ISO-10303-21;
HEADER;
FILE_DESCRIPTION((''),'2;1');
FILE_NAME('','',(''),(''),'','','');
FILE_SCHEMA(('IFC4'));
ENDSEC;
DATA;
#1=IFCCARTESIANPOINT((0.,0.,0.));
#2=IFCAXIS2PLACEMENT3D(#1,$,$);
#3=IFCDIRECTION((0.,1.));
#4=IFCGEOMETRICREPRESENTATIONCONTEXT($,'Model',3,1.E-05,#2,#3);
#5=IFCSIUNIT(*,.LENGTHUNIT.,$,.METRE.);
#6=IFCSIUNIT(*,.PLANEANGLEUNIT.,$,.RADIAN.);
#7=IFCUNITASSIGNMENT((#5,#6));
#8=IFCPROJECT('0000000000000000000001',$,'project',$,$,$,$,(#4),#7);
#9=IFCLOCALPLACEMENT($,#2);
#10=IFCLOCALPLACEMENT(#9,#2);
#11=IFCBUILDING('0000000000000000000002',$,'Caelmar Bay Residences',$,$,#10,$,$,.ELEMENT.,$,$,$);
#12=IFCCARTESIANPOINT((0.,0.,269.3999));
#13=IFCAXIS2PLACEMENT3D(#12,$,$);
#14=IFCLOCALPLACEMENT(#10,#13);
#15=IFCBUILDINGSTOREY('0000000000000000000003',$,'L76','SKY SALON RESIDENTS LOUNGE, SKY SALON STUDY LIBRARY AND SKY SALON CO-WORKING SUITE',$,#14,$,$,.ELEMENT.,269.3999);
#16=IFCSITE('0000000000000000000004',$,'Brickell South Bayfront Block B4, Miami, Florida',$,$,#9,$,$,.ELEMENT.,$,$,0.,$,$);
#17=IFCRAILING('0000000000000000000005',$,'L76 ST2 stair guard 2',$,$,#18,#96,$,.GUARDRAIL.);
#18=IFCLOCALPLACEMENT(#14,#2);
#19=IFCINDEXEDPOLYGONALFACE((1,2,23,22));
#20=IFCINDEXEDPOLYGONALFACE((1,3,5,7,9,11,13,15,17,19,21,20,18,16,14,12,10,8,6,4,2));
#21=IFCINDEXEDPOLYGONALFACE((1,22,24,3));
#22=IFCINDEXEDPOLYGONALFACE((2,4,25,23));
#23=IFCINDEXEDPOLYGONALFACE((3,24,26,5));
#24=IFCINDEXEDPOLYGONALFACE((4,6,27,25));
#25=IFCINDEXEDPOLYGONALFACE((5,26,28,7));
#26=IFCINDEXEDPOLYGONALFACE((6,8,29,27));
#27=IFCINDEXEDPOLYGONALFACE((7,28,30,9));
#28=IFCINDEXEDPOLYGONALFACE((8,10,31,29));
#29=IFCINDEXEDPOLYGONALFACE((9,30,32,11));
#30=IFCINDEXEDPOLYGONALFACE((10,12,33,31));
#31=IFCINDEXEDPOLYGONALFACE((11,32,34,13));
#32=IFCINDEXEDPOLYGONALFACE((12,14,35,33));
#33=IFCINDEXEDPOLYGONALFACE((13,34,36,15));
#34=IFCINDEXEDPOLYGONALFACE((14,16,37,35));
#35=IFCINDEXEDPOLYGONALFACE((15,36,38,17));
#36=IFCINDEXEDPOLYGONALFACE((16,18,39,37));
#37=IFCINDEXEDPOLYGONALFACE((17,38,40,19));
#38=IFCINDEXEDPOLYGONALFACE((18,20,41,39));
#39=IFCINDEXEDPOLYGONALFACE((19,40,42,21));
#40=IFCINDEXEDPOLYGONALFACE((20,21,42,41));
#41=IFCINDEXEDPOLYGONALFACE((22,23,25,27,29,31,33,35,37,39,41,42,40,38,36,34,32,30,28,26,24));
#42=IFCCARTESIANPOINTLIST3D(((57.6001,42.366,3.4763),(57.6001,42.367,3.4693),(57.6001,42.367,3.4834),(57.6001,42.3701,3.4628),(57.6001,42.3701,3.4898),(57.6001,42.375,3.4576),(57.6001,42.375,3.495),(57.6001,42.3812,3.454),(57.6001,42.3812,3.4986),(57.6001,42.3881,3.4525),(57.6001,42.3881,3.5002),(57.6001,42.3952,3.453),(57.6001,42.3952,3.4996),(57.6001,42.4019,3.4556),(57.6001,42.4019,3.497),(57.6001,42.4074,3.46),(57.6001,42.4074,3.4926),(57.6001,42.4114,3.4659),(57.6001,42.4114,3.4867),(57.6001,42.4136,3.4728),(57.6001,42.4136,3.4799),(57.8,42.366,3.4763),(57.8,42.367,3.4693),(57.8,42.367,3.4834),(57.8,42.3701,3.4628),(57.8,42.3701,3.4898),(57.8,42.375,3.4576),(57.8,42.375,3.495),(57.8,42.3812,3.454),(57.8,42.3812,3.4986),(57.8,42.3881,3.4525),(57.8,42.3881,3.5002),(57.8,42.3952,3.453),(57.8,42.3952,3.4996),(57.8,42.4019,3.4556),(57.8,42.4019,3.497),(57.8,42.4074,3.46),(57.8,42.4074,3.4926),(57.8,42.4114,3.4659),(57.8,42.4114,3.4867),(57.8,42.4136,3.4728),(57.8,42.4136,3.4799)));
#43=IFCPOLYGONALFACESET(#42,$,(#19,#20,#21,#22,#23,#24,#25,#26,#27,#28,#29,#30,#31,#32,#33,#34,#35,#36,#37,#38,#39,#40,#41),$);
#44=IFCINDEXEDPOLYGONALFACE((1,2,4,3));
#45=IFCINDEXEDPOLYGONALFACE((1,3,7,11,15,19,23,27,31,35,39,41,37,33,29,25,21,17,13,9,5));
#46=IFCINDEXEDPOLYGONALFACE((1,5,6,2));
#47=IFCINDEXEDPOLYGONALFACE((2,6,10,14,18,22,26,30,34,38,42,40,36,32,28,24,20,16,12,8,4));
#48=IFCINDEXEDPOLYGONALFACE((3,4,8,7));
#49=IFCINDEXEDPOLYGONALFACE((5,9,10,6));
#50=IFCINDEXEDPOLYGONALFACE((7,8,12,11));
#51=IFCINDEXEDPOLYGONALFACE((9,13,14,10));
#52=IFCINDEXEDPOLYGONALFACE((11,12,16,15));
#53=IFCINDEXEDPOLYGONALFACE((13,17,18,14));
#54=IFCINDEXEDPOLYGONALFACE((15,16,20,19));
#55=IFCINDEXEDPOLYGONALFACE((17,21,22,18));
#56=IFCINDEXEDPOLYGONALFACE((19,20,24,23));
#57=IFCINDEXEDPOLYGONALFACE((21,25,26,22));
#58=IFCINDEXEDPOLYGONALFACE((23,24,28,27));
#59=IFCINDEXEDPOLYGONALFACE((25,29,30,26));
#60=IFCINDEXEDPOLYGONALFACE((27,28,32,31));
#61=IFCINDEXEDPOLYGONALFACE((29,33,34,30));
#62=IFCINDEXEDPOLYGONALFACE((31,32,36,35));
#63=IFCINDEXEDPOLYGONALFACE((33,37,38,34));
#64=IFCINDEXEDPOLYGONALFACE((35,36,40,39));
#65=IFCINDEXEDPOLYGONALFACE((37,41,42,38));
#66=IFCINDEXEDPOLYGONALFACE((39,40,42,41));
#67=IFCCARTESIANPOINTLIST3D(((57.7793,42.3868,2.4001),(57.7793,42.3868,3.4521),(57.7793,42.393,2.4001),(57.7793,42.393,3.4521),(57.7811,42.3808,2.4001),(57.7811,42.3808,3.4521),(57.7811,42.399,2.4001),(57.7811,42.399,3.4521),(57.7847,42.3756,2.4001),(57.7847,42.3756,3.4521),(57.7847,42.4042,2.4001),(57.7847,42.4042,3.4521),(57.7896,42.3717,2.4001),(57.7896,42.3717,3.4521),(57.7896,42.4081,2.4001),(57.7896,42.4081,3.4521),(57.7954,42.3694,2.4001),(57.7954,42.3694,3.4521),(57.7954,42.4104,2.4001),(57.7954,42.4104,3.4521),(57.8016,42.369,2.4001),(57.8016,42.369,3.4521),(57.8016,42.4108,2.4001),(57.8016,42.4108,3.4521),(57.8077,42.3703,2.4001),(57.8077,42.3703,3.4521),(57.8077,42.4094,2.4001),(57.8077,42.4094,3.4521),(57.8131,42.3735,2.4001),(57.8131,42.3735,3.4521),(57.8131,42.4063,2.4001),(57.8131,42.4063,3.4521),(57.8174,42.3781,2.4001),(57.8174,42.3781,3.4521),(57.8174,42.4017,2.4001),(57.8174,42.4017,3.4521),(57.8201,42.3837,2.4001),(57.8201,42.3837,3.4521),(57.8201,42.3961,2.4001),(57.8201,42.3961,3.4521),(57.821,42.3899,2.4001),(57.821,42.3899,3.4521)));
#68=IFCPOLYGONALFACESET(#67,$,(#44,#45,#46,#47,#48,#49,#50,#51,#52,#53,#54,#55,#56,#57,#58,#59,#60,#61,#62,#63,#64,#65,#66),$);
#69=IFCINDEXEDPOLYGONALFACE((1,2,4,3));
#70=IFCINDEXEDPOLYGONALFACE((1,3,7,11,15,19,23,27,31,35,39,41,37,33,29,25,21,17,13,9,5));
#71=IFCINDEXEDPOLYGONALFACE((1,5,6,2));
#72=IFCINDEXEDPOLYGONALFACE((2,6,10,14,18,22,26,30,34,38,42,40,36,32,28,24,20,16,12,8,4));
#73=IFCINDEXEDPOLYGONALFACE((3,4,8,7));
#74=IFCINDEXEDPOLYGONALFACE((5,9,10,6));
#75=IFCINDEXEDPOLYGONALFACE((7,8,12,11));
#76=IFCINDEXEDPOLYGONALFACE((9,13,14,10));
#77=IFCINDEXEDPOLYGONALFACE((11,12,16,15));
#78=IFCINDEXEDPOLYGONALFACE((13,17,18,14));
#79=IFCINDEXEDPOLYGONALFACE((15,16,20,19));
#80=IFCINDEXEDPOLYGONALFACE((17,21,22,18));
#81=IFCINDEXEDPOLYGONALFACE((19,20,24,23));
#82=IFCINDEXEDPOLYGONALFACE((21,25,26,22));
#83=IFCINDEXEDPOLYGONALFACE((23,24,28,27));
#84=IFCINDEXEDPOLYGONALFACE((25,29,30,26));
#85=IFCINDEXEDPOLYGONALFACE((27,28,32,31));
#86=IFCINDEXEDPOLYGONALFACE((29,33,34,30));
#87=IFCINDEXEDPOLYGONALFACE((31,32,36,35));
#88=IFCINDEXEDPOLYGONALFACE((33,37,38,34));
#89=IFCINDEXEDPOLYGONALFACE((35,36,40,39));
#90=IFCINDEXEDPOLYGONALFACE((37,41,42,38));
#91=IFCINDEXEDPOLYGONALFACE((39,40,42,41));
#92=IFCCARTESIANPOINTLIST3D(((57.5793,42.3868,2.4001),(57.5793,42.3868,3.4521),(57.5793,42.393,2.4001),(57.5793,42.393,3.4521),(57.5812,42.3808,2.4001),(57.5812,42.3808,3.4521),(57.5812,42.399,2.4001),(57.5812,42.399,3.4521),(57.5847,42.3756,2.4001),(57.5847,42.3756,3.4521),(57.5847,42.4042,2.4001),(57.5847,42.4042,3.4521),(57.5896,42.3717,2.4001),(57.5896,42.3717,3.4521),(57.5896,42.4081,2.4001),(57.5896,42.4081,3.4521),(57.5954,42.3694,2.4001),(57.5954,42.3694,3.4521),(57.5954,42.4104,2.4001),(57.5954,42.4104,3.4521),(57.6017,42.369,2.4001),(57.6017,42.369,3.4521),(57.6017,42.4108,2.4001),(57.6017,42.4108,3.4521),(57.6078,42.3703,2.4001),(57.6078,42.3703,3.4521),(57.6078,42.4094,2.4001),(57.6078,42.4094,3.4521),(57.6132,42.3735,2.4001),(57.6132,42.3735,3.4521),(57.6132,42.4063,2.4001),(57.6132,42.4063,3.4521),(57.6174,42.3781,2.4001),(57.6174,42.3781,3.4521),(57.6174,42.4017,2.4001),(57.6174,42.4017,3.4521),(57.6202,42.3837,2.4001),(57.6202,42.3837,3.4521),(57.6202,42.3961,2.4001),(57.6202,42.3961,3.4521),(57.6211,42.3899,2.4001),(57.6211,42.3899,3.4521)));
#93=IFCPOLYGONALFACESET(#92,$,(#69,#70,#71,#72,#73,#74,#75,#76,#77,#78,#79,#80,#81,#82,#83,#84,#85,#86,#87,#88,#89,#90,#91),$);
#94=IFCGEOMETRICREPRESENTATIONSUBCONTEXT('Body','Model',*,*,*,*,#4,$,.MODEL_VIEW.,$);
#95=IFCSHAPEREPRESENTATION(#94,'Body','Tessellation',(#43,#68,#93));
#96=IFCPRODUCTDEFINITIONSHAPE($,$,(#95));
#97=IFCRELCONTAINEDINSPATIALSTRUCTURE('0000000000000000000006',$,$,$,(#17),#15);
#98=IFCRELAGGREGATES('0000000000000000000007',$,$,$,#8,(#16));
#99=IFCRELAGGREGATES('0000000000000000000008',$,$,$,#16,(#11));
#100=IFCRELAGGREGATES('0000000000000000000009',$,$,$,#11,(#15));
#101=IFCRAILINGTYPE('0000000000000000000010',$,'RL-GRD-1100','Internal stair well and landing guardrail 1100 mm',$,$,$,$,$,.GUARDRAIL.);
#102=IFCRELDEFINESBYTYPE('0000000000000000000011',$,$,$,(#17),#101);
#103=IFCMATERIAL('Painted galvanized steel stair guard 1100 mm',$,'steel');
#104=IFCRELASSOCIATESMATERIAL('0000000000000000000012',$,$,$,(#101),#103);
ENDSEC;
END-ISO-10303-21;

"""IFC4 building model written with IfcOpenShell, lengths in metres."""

from ifc_helpers import new_model, si_unit, direction, frame, origin, origin_2d, place, context, subcontext, project, spatial, circle, extrude, material, type_object, element, save


model = new_model("IFC4")

# Units and contexts
model_context = context("Model", 3, precision=1e-05, world=origin(), true_north=direction((0.0, 1.0)))
body_context = subcontext(model_context, "Body", "Model", "MODEL_VIEW")
ifc_project = project(units=[si_unit("LENGTHUNIT", "METRE"), si_unit("PLANEANGLEUNIT", "RADIAN")], contexts=[model_context])

# Site, building, storey
site_placement = place(None, origin())
site = spatial("IfcSite", under=ifc_project, at=site_placement, Name="Brickell South Bayfront Block B4, Miami, Florida", CompositionType="ELEMENT", RefElevation=0.0)
building_placement = place(site_placement, origin())
building = spatial("IfcBuilding", under=site, at=building_placement, Name="Caelmar Bay Residences", CompositionType="ELEMENT")
storey_placement = place(building_placement, frame((0.0, 0.0, 269.3999)))
storey = spatial("IfcBuildingStorey", under=building, at=storey_placement, Name="L76", Description="SKY SALON RESIDENTS LOUNGE, SKY SALON STUDY LIBRARY AND SKY SALON CO-WORKING SUITE", CompositionType="ELEMENT", Elevation=269.3999)

# Railing
ifc_material_1 = material(Name="Painted galvanized steel stair guard 1100 mm", Category="steel")
railing_type_1 = type_object("IfcRailingType", Name="RL-GRD-1100", Description="Internal stair well and landing guardrail 1100 mm", PredefinedType="GUARDRAIL", material=ifc_material_1)
railing_1_placement = place(storey_placement, frame((57.8, 42.3899, 2.4001)))
element("IfcRailing", 1, at=railing_1_placement, inside=storey, type_object=railing_type_1, Name="L76 ST2 stair guard 2", PredefinedType="GUARDRAIL", context=body_context, shape_type="SweptSolid", body=[
    extrude(circle(Radius=0.0239, at=origin_2d()), frame((0.0, 0.0, 1.0762), z_axis=(-1.0, 0.0, 0.0), x_axis=(0.0, -1.0, 0.0)), (0.0, 0.0, 1.0), 0.2),
    extrude(circle(Radius=0.021, at=origin_2d()), origin(), (0.0, 0.0, 1.0), 1.052),
    extrude(circle(Radius=0.021, at=origin_2d()), frame((-0.2, 0.0, 0.0)), (0.0, 0.0, 1.0), 1.052),
])

save(model, "model.ifc")
